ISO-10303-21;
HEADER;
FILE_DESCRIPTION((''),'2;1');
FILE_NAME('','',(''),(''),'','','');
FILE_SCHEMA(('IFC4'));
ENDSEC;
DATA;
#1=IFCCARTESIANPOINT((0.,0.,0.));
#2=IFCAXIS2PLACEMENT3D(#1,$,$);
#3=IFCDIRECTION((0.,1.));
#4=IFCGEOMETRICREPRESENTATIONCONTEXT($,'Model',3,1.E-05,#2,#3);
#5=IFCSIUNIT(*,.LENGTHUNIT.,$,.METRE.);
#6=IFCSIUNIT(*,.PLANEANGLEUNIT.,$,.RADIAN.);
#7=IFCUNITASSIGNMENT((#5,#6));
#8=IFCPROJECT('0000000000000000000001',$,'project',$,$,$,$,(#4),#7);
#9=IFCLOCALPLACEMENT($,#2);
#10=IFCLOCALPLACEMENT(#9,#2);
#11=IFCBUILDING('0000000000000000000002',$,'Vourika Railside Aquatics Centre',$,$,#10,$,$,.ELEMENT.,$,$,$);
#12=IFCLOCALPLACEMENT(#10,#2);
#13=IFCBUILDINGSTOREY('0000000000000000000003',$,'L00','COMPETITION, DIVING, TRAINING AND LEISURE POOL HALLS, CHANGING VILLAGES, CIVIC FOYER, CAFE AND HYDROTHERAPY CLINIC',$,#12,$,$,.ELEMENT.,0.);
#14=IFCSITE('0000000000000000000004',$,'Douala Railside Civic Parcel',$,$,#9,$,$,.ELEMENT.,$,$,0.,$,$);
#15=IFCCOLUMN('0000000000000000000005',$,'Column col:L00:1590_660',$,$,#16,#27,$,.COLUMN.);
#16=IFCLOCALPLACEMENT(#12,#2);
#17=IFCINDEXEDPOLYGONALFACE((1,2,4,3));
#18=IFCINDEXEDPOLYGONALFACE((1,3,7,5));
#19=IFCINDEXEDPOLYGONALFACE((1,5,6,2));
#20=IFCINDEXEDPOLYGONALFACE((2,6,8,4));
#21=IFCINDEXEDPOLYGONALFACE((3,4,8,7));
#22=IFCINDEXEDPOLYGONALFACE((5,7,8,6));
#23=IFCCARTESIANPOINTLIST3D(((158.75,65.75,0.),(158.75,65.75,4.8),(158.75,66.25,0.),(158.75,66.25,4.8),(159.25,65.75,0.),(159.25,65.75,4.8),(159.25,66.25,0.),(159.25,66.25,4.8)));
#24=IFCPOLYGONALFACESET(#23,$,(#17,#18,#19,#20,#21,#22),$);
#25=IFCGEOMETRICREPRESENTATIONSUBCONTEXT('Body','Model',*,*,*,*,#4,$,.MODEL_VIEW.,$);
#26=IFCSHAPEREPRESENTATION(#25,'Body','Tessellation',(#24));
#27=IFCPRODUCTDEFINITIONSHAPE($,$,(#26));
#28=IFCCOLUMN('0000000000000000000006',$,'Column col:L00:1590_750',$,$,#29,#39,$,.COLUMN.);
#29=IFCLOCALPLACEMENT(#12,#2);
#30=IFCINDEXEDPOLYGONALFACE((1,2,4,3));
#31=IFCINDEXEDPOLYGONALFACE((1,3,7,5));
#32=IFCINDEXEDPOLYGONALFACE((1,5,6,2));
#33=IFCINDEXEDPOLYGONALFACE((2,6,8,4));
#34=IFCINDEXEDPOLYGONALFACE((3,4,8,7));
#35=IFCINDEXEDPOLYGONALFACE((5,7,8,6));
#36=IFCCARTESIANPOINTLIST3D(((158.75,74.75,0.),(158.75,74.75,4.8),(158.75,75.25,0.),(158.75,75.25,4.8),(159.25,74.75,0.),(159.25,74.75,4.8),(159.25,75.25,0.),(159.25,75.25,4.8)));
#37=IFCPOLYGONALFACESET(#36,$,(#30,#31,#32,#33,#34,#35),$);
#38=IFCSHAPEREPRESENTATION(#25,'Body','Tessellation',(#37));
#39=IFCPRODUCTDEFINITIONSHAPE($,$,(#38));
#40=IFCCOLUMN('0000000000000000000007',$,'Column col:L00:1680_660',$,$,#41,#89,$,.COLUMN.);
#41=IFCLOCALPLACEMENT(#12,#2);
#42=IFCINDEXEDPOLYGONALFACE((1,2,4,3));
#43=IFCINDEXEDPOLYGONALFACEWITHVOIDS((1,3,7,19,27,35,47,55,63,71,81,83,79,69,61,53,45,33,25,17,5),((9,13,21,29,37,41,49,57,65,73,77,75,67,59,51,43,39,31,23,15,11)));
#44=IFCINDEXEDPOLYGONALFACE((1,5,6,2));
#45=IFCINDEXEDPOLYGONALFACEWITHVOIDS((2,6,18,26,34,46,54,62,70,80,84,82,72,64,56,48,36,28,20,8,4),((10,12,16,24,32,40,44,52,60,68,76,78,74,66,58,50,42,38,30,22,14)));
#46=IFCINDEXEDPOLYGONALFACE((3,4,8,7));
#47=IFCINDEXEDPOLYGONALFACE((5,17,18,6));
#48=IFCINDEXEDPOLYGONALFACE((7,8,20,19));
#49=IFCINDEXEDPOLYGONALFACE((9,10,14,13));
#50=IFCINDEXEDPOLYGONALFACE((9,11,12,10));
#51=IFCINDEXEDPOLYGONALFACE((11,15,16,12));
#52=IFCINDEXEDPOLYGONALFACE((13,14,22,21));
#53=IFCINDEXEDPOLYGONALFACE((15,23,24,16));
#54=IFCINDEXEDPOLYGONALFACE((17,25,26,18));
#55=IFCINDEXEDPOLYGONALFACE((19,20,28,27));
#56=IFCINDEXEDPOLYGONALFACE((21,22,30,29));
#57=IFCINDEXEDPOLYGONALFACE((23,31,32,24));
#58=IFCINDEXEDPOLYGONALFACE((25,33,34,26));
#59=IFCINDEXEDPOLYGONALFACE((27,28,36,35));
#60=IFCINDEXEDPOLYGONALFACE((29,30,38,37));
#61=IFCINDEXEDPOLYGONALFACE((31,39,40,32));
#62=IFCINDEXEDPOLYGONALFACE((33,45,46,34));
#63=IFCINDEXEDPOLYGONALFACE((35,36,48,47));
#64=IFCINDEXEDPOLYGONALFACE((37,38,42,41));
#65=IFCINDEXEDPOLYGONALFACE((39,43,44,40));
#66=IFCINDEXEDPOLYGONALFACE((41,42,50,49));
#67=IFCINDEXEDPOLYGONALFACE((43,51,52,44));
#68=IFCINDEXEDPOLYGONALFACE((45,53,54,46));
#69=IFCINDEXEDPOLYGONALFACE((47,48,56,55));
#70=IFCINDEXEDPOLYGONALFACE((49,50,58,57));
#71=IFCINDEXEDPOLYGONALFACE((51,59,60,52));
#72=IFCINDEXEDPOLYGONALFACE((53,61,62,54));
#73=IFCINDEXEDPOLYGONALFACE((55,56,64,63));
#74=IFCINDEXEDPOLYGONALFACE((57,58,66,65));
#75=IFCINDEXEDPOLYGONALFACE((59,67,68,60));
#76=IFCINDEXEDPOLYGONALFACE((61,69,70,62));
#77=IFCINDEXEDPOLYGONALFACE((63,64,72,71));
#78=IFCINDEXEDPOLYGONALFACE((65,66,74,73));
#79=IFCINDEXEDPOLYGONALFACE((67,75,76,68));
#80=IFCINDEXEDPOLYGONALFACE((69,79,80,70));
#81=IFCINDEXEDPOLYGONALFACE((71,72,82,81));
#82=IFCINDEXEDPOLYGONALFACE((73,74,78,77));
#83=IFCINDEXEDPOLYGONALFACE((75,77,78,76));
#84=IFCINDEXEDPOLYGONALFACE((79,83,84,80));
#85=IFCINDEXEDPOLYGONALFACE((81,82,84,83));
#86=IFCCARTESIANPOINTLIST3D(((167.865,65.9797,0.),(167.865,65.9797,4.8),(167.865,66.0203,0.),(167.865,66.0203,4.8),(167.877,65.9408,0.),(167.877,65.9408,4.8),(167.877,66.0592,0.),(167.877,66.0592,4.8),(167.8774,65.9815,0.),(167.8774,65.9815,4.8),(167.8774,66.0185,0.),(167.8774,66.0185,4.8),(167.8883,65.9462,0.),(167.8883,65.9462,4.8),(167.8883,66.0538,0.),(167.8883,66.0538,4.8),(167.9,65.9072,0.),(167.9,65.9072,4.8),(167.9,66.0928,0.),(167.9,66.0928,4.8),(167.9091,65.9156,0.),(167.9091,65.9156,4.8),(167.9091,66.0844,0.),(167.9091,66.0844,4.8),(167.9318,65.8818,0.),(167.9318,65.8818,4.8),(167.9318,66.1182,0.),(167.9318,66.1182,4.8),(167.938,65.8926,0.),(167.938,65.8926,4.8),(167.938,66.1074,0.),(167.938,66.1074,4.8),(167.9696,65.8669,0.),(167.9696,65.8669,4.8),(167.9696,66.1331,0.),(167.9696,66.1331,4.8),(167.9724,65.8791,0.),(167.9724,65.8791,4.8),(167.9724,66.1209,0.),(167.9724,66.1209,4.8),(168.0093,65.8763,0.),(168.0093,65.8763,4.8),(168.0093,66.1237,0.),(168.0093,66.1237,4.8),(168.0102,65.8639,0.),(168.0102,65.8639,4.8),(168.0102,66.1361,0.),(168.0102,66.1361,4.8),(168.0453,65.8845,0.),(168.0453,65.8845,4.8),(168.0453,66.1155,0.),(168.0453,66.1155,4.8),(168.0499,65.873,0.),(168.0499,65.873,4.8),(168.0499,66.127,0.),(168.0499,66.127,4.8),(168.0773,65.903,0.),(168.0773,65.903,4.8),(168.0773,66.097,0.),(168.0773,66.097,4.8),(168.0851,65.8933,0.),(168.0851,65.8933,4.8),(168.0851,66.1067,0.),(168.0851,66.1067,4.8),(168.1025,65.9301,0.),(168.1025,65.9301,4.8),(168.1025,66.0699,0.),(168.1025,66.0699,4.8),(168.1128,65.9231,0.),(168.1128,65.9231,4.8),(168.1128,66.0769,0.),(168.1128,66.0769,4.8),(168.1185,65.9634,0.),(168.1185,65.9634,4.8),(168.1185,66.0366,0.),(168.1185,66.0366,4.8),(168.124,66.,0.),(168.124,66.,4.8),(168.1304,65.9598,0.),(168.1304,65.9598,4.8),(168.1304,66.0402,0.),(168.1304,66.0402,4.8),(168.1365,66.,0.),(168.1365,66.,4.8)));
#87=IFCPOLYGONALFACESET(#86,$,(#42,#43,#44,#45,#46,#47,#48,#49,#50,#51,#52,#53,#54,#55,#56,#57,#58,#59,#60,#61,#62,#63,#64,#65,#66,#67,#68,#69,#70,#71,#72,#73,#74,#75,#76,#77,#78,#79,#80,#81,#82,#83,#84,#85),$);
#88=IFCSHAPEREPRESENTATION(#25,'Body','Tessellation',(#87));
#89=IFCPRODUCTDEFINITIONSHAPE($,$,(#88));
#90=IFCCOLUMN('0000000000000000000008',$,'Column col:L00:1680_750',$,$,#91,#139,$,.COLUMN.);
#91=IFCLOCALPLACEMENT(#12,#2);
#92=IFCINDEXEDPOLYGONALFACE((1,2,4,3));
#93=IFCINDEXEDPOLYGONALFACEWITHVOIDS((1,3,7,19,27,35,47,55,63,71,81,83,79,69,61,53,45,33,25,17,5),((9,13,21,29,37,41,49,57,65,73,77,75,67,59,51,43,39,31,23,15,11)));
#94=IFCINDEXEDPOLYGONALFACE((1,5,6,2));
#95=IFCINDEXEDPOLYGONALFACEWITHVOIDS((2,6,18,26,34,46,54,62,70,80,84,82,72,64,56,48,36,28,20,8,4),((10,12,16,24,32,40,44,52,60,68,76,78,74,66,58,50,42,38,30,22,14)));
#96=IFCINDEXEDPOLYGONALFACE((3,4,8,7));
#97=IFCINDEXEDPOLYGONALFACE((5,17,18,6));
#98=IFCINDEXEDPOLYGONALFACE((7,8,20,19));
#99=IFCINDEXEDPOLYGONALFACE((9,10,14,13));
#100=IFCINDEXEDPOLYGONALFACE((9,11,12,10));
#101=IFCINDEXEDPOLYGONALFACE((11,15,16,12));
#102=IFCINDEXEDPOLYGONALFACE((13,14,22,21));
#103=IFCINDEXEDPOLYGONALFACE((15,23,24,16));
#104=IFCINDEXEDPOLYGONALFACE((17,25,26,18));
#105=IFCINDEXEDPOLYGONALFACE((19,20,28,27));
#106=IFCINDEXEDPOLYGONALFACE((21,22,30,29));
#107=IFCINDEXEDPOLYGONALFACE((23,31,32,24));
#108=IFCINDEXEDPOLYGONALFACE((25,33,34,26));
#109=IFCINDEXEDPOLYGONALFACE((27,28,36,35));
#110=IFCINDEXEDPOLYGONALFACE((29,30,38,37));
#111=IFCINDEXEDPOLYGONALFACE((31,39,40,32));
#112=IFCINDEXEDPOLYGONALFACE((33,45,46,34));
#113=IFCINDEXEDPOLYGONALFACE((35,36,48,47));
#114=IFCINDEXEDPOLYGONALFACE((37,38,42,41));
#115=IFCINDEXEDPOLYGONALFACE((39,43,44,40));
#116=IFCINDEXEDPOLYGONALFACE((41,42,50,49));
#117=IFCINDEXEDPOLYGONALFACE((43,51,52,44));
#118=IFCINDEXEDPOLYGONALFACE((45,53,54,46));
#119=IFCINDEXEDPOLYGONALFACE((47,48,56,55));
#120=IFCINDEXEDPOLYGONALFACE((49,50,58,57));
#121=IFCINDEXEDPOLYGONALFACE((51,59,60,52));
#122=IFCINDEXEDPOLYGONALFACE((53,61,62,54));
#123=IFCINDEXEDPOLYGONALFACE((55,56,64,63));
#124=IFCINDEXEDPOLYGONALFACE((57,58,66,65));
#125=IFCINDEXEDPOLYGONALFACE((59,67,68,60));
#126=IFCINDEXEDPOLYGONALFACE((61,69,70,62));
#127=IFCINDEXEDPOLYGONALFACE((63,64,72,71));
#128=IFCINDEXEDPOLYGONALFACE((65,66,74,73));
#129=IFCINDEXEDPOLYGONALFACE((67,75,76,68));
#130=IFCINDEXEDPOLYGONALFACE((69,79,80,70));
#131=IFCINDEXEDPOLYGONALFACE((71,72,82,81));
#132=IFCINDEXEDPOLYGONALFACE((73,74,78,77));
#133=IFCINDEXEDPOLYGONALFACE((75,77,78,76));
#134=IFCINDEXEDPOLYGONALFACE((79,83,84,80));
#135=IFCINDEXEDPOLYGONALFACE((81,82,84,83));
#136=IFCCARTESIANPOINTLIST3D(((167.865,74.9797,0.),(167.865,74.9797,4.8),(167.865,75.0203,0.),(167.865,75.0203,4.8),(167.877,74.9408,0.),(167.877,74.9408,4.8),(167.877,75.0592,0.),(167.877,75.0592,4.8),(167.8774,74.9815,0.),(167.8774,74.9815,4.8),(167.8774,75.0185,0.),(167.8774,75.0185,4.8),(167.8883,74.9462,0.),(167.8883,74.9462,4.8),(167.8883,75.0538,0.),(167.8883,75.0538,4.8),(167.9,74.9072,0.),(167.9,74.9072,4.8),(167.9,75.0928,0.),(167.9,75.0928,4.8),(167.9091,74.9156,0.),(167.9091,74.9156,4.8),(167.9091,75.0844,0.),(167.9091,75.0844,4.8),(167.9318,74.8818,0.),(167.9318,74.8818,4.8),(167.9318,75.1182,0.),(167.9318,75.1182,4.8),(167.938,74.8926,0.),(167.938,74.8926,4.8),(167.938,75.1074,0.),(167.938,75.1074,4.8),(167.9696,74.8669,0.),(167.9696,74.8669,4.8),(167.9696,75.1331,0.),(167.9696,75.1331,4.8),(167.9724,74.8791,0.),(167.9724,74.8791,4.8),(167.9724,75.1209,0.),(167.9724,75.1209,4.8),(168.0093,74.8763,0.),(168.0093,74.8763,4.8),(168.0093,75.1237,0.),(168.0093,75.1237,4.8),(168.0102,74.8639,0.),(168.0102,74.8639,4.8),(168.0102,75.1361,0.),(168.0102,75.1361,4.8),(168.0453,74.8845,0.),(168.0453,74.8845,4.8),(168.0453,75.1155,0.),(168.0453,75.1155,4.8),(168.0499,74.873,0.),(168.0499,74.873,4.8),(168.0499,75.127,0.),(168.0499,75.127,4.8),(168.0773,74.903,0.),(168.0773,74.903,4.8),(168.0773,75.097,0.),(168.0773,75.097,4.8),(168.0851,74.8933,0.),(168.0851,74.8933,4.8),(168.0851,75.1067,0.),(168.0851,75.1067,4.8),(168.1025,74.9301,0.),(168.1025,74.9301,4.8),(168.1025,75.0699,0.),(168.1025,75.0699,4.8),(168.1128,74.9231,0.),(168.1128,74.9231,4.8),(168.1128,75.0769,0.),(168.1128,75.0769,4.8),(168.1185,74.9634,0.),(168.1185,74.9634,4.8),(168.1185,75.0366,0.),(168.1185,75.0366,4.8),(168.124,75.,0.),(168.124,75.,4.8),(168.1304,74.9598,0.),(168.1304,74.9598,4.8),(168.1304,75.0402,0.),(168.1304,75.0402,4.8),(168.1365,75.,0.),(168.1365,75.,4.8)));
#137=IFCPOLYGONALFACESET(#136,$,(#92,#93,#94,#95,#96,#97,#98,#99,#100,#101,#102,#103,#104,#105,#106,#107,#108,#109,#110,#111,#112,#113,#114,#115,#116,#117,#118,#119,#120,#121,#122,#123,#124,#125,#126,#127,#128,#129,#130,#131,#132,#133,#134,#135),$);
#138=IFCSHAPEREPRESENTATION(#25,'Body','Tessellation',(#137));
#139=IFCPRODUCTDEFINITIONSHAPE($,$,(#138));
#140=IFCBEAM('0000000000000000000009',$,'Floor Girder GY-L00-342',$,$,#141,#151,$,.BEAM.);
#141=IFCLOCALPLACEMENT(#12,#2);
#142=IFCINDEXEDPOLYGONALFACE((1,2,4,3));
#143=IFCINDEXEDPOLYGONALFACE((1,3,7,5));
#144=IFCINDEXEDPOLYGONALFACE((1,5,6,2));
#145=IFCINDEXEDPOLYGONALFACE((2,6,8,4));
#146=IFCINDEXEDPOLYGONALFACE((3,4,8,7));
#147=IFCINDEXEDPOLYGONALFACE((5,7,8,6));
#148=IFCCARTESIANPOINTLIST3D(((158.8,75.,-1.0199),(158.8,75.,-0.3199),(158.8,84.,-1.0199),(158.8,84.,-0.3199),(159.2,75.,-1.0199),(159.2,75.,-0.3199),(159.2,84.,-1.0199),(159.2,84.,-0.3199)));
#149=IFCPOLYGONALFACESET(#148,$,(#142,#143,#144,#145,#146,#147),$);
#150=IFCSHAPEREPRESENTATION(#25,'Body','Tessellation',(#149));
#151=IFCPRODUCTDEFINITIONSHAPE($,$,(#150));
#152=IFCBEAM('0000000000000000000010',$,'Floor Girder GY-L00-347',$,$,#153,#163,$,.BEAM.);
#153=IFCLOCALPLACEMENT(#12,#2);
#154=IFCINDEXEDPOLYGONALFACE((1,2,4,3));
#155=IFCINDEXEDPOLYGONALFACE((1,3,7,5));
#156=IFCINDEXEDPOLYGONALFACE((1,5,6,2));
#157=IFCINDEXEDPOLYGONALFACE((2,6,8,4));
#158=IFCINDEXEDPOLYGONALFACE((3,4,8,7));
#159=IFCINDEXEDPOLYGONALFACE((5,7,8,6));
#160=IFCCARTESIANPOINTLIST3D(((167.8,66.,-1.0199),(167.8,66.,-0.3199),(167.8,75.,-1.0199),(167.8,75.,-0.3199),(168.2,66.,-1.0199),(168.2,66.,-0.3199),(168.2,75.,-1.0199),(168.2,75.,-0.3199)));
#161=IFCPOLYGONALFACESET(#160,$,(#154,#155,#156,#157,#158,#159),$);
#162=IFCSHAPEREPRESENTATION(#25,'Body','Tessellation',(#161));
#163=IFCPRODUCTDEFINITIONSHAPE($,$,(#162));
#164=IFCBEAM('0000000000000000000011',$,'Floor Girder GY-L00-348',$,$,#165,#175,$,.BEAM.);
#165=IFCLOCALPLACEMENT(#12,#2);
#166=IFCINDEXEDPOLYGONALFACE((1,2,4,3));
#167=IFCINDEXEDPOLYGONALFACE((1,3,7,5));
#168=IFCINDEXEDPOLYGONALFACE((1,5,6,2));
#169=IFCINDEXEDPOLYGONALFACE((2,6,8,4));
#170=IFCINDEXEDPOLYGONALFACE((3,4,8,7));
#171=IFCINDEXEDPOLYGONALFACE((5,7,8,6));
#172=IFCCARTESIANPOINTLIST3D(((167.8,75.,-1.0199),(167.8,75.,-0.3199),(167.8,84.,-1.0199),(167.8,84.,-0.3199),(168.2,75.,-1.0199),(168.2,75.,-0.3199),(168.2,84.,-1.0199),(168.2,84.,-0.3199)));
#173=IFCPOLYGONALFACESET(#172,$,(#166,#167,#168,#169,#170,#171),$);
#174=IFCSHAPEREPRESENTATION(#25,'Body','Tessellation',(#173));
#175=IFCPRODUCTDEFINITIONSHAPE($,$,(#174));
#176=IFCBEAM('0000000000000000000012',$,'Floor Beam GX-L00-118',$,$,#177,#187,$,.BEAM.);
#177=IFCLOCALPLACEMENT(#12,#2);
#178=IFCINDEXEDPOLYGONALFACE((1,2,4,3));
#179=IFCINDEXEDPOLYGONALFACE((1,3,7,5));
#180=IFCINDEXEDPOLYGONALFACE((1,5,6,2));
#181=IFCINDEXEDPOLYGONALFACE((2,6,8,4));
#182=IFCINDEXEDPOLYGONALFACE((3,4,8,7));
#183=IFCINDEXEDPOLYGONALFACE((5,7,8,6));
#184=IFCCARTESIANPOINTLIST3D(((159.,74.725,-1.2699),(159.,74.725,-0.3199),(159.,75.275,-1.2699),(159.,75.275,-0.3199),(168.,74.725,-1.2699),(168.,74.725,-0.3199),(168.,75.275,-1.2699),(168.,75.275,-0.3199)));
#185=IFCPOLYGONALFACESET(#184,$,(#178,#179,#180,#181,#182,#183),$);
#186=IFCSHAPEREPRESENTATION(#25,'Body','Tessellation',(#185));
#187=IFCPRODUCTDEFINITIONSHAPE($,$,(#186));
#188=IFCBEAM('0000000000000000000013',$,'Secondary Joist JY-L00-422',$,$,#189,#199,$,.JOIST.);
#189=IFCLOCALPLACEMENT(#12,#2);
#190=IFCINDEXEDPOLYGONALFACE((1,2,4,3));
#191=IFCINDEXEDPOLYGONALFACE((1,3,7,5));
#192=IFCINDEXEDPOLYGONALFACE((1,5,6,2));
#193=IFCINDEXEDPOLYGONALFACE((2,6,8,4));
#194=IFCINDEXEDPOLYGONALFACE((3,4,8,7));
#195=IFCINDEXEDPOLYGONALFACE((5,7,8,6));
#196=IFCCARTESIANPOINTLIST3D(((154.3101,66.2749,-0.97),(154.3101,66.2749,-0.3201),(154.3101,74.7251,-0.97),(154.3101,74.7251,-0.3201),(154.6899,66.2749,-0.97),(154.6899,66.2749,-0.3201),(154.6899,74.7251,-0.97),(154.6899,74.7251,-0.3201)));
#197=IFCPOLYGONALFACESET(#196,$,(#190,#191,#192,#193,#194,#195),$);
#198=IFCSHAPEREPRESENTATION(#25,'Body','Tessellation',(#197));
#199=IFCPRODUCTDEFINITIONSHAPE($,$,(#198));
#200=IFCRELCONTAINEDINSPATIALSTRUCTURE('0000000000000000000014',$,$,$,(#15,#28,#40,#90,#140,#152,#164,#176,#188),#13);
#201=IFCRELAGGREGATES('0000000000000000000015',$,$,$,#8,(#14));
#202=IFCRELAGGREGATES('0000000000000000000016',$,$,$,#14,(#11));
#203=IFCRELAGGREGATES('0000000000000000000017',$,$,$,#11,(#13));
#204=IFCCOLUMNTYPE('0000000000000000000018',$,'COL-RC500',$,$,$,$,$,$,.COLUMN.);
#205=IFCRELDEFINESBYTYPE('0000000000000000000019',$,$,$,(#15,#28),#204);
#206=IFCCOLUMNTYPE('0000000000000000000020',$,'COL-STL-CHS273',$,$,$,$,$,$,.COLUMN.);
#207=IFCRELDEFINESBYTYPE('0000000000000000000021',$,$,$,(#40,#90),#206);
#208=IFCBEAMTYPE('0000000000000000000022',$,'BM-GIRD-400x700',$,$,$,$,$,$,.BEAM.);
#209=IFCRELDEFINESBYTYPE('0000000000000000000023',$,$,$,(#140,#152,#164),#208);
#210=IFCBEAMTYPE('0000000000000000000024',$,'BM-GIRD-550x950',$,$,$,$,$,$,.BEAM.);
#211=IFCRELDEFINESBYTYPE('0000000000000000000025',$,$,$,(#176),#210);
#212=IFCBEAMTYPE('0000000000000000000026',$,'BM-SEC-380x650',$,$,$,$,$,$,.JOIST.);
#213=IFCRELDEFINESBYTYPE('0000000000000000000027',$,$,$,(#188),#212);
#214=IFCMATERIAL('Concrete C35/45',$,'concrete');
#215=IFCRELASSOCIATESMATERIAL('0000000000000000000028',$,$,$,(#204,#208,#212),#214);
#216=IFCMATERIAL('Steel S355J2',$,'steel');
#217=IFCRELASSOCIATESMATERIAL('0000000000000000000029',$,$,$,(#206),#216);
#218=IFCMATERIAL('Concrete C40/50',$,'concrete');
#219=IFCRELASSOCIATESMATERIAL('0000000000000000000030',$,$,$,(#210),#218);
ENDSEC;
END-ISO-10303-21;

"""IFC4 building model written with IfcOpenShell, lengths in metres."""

from ifc_helpers import new_model, si_unit, direction, frame, origin, origin_2d, place, context, subcontext, project, spatial, rectangle, hollow_circle, extrude, material, material_profile, profile_set, type_object, element, save


model = new_model("IFC4")

# Units and contexts
model_context = context("Model", 3, precision=1e-05, world=origin(), true_north=direction((0.0, 1.0)))
body_context = subcontext(model_context, "Body", "Model", "MODEL_VIEW")
ifc_project = project(units=[si_unit("LENGTHUNIT", "METRE"), si_unit("PLANEANGLEUNIT", "RADIAN")], contexts=[model_context])

# Site, building, storey
site_placement = place(None, origin())
site = spatial("IfcSite", under=ifc_project, at=site_placement, Name="Douala Railside Civic Parcel", CompositionType="ELEMENT", RefElevation=0.0)
building_placement = place(site_placement, origin())
building = spatial("IfcBuilding", under=site, at=building_placement, Name="Vourika Railside Aquatics Centre", CompositionType="ELEMENT")
storey_placement = place(building_placement, origin())
storey = spatial("IfcBuildingStorey", under=building, at=storey_placement, Name="L00", Description="COMPETITION, DIVING, TRAINING AND LEISURE POOL HALLS, CHANGING VILLAGES, CIVIC FOYER, CAFE AND HYDROTHERAPY CLINIC", CompositionType="ELEMENT", Elevation=0.0)

# Columns
ifc_material_1 = material(Name="Concrete C35/45", Category="concrete")
ifc_material_profile_1 = material_profile(ifc_material_1, rectangle(XDim=0.5, YDim=0.5, at=origin_2d()), Name="RC 500x500")
ifc_profile_set_1 = profile_set([ifc_material_profile_1], Name="Concrete C35/45")
column_type_1 = type_object("IfcColumnType", Name="COL-RC500", PredefinedType="COLUMN", material=ifc_profile_set_1)
for number, where, z_axis, x_axis, name in (
    (1, (159.0, 66.0, 0.0), (0.0, 0.0, 1.0), (1.0, 0.0, 0.0), "Column col:L00:1590_660"),
    (2, (159.0, 75.0, 0.0), (0.0, 0.0, 1.0), (1.0, 0.0, 0.0), "Column col:L00:1590_750"),
):
    element("IfcColumn", number, at=place(storey_placement, frame(where, z_axis=z_axis, x_axis=x_axis)), inside=storey, type_object=column_type_1, Name=name, PredefinedType="COLUMN", context=body_context, shape_type="SweptSolid", body=[
        extrude(rectangle(XDim=0.5, YDim=0.5, at=origin_2d()), origin(), (0.0, 0.0, 1.0), 4.8),
    ])
ifc_material_2 = material(Name="Steel S355J2", Category="steel")
ifc_material_profile_2 = material_profile(ifc_material_2, hollow_circle(Radius=0.1365, WallThickness=0.0125, at=origin_2d()), Name="CHS 273x12.5")
ifc_profile_set_2 = profile_set([ifc_material_profile_2], Name="Steel S355J2")
column_type_2 = type_object("IfcColumnType", Name="COL-STL-CHS273", PredefinedType="COLUMN", material=ifc_profile_set_2)
for number, where, z_axis, x_axis, name in (
    (3, (168.0, 66.0, 0.0), (0.0, 0.0, 1.0), (1.0, 0.0, 0.0), "Column col:L00:1680_660"),
    (4, (168.0, 75.0, 0.0), (0.0, 0.0, 1.0), (1.0, 0.0, 0.0), "Column col:L00:1680_750"),
):
    element("IfcColumn", number, at=place(storey_placement, frame(where, z_axis=z_axis, x_axis=x_axis)), inside=storey, type_object=column_type_2, Name=name, PredefinedType="COLUMN", context=body_context, shape_type="SweptSolid", body=[
        extrude(hollow_circle(Radius=0.1365, WallThickness=0.0125, at=origin_2d()), origin(), (0.0, 0.0, 1.0), 4.8),
    ])

# Beams
ifc_material_profile_3 = material_profile(ifc_material_1, rectangle(XDim=0.3999, YDim=0.7, at=origin_2d()), Name="RC 400x700")
ifc_profile_set_3 = profile_set([ifc_material_profile_3], Name="Concrete C35/45")
beam_type_1 = type_object("IfcBeamType", Name="BM-GIRD-400x700", PredefinedType="BEAM", material=ifc_profile_set_3)
for number, where, z_axis, x_axis, name in (
    (5, (159.0, 75.0, -0.6699), (0.0, 1.0, 0.0), (-1.0, 0.0, 0.0), "Floor Girder GY-L00-342"),
    (6, (168.0, 66.0, -0.6699), (0.0, 1.0, 0.0), (-1.0, 0.0, 0.0), "Floor Girder GY-L00-347"),
    (7, (168.0, 75.0, -0.6699), (0.0, 1.0, 0.0), (-1.0, 0.0, 0.0), "Floor Girder GY-L00-348"),
):
    element("IfcBeam", number, at=place(storey_placement, frame(where, z_axis=z_axis, x_axis=x_axis)), inside=storey, type_object=beam_type_1, Name=name, PredefinedType="BEAM", context=body_context, shape_type="SweptSolid", body=[
        extrude(rectangle(XDim=0.3999, YDim=0.7, at=origin_2d()), origin(), (0.0, 0.0, 1.0), 9.0),
    ])
ifc_material_3 = material(Name="Concrete C40/50", Category="concrete")
ifc_material_profile_4 = material_profile(ifc_material_3, rectangle(XDim=0.55, YDim=0.95, at=origin_2d()), Name="RC 550x950")
ifc_profile_set_4 = profile_set([ifc_material_profile_4], Name="Concrete C40/50")
beam_type_2 = type_object("IfcBeamType", Name="BM-GIRD-550x950", PredefinedType="BEAM", material=ifc_profile_set_4)
beam_placement = place(storey_placement, frame((159.0, 75.0, -0.7949), z_axis=(1.0, 0.0, 0.0), x_axis=(0.0, 1.0, 0.0)))
element("IfcBeam", 8, at=beam_placement, inside=storey, type_object=beam_type_2, Name="Floor Beam GX-L00-118", PredefinedType="BEAM", context=body_context, shape_type="SweptSolid", body=[
    extrude(rectangle(XDim=0.55, YDim=0.95, at=origin_2d()), origin(), (0.0, 0.0, 1.0), 9.0),
])
ifc_material_profile_5 = material_profile(ifc_material_1, rectangle(XDim=0.3799, YDim=0.6499, at=origin_2d()), Name="RC 380x650")
ifc_profile_set_5 = profile_set([ifc_material_profile_5], Name="Concrete C35/45")
beam_type_3 = type_object("IfcBeamType", Name="BM-SEC-380x650", PredefinedType="JOIST", material=ifc_profile_set_5)
for number, where, z_axis, x_axis, name in (
    (9, (154.5, 66.2749, -0.645), (0.0, 1.0, 0.0), (-1.0, 0.0, 0.0), "Secondary Joist JY-L00-422"),
):
    element("IfcBeam", number, at=place(storey_placement, frame(where, z_axis=z_axis, x_axis=x_axis)), inside=storey, type_object=beam_type_3, Name=name, PredefinedType="JOIST", context=body_context, shape_type="SweptSolid", body=[
        extrude(rectangle(XDim=0.3799, YDim=0.6499, at=origin_2d()), origin(), (0.0, 0.0, 1.0), 8.4502),
    ])

save(model, "model.ifc")
